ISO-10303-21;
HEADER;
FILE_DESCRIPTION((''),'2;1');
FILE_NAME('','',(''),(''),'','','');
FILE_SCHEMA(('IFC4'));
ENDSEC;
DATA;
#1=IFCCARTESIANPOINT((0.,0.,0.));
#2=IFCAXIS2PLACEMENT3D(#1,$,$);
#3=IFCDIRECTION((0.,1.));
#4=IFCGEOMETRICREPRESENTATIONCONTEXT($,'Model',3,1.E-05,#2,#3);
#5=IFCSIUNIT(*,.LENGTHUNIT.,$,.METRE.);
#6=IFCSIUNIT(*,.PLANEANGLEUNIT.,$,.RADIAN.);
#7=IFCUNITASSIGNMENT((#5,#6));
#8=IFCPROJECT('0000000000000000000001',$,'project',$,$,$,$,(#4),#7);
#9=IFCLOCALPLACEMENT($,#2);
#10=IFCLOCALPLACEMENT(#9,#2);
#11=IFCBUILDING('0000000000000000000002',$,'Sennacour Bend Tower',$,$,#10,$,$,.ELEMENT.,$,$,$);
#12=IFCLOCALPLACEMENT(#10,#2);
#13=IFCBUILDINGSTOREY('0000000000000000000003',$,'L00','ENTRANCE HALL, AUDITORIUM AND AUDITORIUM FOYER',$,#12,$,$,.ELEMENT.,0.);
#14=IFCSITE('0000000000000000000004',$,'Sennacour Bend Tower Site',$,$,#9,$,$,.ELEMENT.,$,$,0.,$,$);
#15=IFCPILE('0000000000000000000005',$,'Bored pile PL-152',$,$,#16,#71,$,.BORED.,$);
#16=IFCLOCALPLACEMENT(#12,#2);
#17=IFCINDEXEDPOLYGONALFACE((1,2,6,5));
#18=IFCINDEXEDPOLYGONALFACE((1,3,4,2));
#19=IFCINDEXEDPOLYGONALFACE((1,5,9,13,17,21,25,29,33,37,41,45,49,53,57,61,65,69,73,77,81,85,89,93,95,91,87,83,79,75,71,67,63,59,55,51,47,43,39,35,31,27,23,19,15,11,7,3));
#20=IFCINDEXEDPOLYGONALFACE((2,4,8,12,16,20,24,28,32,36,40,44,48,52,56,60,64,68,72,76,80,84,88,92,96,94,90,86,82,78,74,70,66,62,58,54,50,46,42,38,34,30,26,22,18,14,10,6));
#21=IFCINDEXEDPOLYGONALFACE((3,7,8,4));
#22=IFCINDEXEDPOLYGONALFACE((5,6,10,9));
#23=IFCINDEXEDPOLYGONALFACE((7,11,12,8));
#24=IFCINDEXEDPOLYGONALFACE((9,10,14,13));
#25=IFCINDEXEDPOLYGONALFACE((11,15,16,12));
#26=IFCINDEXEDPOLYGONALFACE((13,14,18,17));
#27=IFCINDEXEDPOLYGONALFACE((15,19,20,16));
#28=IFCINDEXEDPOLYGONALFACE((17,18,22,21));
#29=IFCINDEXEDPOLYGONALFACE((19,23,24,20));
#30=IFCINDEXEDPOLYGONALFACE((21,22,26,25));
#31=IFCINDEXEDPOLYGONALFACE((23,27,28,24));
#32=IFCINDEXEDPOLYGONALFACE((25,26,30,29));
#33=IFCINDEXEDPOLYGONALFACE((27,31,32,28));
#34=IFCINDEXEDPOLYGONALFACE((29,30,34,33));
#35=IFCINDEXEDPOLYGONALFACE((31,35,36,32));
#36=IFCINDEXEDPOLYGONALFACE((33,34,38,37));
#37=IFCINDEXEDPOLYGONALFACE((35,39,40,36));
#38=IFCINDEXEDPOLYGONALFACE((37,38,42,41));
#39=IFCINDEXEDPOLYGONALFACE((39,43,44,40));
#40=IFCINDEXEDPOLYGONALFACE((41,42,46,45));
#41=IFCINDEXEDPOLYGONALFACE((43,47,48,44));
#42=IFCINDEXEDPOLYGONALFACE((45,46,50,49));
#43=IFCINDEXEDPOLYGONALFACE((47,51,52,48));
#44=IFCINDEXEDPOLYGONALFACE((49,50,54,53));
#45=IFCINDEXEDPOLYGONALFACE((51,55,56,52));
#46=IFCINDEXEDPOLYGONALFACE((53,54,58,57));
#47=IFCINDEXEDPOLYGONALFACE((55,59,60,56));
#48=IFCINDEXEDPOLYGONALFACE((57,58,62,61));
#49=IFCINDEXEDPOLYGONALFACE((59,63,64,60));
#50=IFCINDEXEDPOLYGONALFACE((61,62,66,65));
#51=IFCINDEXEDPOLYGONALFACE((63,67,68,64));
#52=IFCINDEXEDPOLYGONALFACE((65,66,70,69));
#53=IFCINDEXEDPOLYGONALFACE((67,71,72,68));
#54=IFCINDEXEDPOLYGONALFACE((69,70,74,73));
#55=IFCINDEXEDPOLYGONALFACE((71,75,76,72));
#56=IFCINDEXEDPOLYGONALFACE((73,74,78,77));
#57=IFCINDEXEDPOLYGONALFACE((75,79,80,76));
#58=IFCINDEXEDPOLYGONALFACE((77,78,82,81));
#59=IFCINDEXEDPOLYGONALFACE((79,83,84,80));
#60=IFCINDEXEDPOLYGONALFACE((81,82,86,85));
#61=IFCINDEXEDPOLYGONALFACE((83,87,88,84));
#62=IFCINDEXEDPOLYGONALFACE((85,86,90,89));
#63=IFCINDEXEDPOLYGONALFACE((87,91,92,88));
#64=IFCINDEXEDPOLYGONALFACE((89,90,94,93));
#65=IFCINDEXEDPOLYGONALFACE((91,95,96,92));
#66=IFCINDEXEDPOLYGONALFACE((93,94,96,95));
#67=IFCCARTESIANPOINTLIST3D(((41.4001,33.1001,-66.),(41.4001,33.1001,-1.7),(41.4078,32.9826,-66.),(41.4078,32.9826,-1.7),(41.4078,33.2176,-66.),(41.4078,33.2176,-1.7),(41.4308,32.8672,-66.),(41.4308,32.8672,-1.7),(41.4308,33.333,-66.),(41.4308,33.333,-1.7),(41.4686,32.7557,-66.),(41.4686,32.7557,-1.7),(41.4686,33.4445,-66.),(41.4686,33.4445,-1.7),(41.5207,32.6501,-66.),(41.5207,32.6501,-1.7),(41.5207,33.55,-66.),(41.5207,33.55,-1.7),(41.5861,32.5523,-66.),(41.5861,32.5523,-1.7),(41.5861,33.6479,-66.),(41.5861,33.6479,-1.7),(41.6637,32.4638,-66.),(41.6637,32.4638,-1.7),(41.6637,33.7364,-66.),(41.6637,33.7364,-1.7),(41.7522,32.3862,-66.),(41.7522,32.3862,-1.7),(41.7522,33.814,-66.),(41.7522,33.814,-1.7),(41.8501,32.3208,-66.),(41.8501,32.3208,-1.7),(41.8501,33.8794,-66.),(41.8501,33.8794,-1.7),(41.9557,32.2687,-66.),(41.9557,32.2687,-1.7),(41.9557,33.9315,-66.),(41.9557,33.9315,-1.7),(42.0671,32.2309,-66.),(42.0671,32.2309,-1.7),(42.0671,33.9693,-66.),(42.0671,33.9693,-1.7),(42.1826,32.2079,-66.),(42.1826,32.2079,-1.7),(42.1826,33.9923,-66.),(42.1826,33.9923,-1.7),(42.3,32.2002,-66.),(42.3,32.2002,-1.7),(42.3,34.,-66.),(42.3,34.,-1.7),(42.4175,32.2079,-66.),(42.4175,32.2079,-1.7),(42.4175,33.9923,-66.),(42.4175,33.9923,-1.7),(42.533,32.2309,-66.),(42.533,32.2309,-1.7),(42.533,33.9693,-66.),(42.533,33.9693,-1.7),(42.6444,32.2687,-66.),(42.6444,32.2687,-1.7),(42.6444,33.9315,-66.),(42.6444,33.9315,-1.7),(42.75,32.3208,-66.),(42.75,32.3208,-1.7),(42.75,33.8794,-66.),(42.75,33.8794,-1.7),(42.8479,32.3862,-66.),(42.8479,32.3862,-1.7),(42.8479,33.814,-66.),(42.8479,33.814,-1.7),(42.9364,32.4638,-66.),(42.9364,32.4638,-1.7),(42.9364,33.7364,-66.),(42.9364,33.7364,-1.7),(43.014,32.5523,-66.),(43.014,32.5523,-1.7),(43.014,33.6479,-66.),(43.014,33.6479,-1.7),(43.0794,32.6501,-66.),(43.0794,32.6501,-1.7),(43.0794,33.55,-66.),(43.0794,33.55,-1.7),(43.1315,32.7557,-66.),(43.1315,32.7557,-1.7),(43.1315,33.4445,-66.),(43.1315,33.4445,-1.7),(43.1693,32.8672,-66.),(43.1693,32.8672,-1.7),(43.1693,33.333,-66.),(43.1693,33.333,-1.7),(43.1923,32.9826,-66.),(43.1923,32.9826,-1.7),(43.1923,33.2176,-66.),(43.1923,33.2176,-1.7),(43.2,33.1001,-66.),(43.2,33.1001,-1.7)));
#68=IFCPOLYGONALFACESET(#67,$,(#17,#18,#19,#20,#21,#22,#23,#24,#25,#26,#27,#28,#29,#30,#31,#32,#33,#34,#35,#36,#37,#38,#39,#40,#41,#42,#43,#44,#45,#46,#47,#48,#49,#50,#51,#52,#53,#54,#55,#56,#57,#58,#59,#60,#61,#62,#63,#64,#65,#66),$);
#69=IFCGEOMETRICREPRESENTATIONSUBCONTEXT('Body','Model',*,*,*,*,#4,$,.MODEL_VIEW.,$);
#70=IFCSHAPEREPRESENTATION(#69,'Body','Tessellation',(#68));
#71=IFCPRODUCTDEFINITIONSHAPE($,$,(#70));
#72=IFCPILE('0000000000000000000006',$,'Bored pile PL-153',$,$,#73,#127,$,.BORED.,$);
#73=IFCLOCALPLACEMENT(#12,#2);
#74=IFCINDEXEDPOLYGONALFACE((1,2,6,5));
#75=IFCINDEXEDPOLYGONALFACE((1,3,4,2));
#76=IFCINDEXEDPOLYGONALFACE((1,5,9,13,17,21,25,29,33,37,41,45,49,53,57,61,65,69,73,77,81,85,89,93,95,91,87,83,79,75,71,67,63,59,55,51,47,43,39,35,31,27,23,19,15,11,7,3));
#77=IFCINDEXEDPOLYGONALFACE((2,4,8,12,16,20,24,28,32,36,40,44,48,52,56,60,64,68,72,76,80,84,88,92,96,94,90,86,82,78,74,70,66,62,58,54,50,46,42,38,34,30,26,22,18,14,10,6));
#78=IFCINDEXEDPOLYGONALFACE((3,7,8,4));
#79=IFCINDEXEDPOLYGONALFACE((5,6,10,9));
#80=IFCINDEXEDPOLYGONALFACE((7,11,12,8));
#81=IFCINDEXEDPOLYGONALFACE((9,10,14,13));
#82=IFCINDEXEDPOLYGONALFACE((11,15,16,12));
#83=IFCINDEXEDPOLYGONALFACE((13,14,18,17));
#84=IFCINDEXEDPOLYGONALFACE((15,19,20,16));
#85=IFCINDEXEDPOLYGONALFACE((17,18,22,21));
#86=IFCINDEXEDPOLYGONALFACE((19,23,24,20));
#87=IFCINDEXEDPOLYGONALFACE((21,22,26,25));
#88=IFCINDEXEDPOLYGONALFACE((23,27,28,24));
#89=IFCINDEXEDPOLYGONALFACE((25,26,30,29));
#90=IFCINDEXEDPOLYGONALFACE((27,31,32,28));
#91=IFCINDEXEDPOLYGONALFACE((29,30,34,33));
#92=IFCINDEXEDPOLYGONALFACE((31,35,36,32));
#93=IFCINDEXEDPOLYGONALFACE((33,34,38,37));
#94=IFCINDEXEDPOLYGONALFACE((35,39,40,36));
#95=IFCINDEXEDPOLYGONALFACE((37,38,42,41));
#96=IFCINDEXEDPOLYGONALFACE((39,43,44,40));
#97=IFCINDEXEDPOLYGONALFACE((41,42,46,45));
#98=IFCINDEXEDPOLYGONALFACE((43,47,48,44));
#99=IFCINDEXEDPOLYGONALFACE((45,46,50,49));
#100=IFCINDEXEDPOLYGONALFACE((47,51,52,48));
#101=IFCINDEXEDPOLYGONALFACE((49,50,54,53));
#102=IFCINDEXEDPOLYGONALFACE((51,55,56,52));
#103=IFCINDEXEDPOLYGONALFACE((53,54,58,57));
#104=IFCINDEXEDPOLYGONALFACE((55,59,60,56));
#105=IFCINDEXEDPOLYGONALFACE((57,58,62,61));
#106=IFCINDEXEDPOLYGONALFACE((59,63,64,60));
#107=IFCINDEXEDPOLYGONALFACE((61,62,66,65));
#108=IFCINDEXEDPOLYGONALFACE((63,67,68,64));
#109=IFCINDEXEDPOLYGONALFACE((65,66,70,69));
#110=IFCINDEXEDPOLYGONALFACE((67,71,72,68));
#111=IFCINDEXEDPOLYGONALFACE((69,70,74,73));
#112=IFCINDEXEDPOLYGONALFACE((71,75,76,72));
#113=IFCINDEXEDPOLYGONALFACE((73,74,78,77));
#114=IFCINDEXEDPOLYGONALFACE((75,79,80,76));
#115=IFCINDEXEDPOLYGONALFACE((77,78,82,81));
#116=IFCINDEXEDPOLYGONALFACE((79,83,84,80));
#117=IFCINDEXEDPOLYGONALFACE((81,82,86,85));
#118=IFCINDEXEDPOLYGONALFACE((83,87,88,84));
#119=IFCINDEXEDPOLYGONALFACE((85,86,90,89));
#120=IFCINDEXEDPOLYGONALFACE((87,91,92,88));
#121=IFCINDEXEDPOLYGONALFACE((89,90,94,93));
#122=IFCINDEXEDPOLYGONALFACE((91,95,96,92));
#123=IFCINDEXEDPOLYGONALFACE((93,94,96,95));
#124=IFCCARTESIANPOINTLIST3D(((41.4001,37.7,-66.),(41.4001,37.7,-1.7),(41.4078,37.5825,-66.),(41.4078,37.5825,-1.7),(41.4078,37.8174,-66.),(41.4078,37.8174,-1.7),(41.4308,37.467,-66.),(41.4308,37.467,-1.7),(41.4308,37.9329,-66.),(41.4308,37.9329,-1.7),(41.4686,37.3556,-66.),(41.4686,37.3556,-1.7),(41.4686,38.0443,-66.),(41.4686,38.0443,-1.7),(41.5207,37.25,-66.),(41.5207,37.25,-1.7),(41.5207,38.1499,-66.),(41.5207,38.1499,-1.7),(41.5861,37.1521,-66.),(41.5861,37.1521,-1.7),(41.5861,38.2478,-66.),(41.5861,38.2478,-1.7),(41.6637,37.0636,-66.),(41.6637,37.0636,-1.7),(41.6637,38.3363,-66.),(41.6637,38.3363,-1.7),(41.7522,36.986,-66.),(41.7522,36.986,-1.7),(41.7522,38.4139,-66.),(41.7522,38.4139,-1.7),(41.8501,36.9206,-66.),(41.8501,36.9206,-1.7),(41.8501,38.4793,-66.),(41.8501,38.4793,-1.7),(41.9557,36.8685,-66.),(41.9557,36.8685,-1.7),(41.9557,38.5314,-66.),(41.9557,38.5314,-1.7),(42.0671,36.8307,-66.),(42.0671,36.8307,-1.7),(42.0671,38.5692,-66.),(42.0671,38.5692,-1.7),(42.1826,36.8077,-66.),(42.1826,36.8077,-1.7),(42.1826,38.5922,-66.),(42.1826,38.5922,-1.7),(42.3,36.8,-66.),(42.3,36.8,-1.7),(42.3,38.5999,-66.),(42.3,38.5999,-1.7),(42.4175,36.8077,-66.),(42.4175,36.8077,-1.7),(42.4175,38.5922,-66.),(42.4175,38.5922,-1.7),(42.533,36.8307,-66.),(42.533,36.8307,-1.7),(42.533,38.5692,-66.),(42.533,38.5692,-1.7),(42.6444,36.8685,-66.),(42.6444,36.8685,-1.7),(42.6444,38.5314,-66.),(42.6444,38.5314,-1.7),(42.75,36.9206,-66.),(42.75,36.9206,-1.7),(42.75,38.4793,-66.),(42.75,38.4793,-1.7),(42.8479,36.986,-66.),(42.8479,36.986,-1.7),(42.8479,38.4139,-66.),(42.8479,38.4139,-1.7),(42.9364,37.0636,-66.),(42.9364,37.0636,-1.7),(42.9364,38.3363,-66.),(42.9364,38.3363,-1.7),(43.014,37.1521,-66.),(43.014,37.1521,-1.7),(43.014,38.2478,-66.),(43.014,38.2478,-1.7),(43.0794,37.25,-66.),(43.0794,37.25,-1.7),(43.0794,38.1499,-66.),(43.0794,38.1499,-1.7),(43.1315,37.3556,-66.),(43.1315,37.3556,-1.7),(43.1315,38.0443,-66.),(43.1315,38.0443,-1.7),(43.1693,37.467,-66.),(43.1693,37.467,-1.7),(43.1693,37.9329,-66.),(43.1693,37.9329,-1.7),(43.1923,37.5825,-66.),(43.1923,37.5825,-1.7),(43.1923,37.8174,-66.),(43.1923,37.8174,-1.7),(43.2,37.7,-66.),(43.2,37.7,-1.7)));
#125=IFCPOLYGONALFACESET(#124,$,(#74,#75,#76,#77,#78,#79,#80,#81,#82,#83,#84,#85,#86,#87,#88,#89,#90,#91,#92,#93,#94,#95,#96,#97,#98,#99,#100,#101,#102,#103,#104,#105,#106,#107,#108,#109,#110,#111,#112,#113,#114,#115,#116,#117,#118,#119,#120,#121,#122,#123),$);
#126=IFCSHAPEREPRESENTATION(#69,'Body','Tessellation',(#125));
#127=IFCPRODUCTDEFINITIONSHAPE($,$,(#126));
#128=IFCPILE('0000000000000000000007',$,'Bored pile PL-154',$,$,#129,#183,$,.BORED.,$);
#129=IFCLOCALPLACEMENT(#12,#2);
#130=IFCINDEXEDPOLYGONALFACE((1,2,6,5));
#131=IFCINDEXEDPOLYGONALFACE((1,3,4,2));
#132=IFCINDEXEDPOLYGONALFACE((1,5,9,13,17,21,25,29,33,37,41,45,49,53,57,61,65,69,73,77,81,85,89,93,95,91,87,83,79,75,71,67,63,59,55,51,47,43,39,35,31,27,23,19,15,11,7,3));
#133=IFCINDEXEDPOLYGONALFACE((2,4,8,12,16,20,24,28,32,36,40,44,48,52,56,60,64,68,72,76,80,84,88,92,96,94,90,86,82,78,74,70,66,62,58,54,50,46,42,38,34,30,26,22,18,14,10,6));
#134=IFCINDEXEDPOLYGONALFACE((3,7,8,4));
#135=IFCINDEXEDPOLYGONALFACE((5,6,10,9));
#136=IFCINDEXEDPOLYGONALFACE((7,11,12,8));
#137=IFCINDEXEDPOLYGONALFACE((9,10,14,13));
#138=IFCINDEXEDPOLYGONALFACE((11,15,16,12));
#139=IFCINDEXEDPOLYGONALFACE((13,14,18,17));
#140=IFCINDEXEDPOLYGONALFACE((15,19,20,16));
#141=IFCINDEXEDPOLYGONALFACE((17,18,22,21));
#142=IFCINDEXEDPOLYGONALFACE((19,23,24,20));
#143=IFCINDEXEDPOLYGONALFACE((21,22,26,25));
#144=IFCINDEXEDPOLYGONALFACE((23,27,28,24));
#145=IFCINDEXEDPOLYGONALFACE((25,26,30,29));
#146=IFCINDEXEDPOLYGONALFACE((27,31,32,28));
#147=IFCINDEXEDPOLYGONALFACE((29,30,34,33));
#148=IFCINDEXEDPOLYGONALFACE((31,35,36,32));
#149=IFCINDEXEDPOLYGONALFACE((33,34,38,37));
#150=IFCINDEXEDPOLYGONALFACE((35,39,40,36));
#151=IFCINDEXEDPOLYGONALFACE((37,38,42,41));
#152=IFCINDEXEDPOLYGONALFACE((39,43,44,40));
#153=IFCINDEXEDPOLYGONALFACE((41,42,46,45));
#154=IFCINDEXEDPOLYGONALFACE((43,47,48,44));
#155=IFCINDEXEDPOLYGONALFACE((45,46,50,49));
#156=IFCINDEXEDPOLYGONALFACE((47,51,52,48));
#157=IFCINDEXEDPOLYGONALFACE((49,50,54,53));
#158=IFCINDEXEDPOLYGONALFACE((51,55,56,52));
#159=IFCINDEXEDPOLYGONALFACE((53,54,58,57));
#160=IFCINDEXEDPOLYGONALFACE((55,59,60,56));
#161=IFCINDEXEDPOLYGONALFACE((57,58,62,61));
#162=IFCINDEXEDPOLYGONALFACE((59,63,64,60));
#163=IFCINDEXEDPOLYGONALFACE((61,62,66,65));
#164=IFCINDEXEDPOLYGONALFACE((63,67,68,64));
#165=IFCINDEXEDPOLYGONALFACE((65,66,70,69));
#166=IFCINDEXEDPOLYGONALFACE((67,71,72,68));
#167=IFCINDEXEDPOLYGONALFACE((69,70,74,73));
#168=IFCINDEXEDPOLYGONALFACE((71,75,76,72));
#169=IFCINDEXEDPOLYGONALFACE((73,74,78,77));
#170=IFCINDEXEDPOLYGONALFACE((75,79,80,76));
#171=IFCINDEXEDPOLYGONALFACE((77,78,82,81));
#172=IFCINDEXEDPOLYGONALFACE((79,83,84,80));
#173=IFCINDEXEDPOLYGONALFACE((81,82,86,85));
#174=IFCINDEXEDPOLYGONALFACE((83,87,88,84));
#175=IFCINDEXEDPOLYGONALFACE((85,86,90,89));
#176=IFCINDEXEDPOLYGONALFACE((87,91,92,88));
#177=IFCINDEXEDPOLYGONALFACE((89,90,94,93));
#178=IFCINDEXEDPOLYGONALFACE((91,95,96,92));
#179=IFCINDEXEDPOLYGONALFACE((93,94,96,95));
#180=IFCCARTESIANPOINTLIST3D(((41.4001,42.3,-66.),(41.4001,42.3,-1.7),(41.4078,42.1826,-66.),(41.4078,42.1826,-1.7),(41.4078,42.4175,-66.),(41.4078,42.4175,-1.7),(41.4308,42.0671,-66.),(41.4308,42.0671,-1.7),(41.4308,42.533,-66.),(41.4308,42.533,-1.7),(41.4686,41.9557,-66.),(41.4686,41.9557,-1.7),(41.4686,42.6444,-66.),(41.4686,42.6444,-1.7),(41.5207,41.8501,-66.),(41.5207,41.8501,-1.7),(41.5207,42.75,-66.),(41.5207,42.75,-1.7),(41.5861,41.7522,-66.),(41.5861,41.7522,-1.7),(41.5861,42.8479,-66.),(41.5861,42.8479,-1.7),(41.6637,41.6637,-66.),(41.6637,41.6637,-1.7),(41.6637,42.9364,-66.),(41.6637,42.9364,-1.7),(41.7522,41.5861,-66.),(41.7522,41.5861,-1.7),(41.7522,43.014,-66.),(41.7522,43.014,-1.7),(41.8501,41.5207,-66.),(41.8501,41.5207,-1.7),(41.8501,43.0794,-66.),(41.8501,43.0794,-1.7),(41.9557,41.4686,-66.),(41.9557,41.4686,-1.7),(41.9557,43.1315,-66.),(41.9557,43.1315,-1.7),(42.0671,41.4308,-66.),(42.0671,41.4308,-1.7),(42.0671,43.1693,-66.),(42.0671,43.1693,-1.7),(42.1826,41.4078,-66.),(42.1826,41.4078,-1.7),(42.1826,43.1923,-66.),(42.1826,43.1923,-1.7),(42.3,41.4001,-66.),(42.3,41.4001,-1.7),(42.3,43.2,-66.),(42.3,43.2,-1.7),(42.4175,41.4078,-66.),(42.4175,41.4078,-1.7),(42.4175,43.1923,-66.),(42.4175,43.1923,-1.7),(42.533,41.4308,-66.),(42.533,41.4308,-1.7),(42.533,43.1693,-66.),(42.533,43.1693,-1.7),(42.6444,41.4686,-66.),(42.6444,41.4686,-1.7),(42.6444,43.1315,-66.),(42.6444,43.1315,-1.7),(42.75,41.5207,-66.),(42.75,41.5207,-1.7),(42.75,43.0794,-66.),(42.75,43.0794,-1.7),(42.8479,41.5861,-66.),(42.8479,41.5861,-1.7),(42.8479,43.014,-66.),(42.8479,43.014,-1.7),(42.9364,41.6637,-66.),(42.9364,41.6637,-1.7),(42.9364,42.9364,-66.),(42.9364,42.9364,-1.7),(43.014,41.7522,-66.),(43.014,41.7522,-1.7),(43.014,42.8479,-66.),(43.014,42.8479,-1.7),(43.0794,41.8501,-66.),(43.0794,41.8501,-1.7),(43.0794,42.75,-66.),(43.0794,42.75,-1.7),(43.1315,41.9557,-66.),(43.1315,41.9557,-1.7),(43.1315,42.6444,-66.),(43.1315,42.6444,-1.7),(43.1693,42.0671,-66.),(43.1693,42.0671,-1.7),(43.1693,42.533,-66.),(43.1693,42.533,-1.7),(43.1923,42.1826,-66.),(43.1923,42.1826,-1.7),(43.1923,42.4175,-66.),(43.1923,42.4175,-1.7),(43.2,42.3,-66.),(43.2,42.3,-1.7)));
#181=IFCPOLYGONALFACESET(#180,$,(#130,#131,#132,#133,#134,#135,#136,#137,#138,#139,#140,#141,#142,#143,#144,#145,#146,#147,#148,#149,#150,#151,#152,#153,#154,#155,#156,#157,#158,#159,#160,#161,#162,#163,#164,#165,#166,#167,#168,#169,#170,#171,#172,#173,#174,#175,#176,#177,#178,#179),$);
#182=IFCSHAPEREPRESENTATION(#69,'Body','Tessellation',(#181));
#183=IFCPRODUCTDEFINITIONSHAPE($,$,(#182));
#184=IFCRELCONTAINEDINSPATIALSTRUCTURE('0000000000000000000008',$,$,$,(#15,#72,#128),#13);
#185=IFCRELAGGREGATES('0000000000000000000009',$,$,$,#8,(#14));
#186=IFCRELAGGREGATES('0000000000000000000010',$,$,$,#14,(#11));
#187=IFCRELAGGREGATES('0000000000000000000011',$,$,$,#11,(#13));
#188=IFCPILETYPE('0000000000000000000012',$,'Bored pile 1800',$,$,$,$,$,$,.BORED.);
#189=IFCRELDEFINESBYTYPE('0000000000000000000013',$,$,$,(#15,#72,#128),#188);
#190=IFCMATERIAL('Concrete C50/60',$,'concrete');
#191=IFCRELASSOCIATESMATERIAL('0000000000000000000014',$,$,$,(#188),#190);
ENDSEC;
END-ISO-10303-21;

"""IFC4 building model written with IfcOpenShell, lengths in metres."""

from ifc_helpers import new_model, si_unit, direction, frame, origin, origin_2d, place, context, subcontext, project, spatial, circle, extrude, material, material_profile, profile_set, type_object, element, save


model = new_model("IFC4")

# Units and contexts
model_context = context("Model", 3, precision=1e-05, world=origin(), true_north=direction((0.0, 1.0)))
body_context = subcontext(model_context, "Body", "Model", "MODEL_VIEW")
ifc_project = project(units=[si_unit("LENGTHUNIT", "METRE"), si_unit("PLANEANGLEUNIT", "RADIAN")], contexts=[model_context])

# Site, building, storey
site_placement = place(None, origin())
site = spatial("IfcSite", under=ifc_project, at=site_placement, Name="Sennacour Bend Tower Site", CompositionType="ELEMENT", RefElevation=0.0)
building_placement = place(site_placement, origin())
building = spatial("IfcBuilding", under=site, at=building_placement, Name="Sennacour Bend Tower", CompositionType="ELEMENT")
storey_placement = place(building_placement, origin())
storey = spatial("IfcBuildingStorey", under=building, at=storey_placement, Name="L00", Description="ENTRANCE HALL, AUDITORIUM AND AUDITORIUM FOYER", CompositionType="ELEMENT", Elevation=0.0)

# Piles
ifc_material_1 = material(Name="Concrete C50/60", Category="concrete")
ifc_material_profile_1 = material_profile(ifc_material_1, circle(Radius=0.8999, at=origin_2d()), Name="Concrete C50/60", Category="concrete")
ifc_profile_set_1 = profile_set([ifc_material_profile_1], Name="Concrete C50/60")
pile_type = type_object("IfcPileType", Name="Bored pile 1800", PredefinedType="BORED", material=ifc_profile_set_1)
for number, where, z_axis, x_axis, name in (
    (1, (42.3, 33.1001, -1.7), (0.0, 0.0, -1.0), (1.0, 0.0, 0.0), "Bored pile PL-152"),
    (2, (42.3, 37.7, -1.7), (0.0, 0.0, -1.0), (1.0, 0.0, 0.0), "Bored pile PL-153"),
    (3, (42.3, 42.3, -1.7), (0.0, 0.0, -1.0), (1.0, 0.0, 0.0), "Bored pile PL-154"),
):
    element("IfcPile", number, at=place(storey_placement, frame(where, z_axis=z_axis, x_axis=x_axis)), inside=storey, type_object=pile_type, Name=name, PredefinedType="BORED", context=body_context, shape_type="SweptSolid", body=[
        extrude(circle(Radius=0.8999, at=origin_2d()), origin(), (0.0, 0.0, 1.0), 64.3),
    ])

save(model, "model.ifc")
